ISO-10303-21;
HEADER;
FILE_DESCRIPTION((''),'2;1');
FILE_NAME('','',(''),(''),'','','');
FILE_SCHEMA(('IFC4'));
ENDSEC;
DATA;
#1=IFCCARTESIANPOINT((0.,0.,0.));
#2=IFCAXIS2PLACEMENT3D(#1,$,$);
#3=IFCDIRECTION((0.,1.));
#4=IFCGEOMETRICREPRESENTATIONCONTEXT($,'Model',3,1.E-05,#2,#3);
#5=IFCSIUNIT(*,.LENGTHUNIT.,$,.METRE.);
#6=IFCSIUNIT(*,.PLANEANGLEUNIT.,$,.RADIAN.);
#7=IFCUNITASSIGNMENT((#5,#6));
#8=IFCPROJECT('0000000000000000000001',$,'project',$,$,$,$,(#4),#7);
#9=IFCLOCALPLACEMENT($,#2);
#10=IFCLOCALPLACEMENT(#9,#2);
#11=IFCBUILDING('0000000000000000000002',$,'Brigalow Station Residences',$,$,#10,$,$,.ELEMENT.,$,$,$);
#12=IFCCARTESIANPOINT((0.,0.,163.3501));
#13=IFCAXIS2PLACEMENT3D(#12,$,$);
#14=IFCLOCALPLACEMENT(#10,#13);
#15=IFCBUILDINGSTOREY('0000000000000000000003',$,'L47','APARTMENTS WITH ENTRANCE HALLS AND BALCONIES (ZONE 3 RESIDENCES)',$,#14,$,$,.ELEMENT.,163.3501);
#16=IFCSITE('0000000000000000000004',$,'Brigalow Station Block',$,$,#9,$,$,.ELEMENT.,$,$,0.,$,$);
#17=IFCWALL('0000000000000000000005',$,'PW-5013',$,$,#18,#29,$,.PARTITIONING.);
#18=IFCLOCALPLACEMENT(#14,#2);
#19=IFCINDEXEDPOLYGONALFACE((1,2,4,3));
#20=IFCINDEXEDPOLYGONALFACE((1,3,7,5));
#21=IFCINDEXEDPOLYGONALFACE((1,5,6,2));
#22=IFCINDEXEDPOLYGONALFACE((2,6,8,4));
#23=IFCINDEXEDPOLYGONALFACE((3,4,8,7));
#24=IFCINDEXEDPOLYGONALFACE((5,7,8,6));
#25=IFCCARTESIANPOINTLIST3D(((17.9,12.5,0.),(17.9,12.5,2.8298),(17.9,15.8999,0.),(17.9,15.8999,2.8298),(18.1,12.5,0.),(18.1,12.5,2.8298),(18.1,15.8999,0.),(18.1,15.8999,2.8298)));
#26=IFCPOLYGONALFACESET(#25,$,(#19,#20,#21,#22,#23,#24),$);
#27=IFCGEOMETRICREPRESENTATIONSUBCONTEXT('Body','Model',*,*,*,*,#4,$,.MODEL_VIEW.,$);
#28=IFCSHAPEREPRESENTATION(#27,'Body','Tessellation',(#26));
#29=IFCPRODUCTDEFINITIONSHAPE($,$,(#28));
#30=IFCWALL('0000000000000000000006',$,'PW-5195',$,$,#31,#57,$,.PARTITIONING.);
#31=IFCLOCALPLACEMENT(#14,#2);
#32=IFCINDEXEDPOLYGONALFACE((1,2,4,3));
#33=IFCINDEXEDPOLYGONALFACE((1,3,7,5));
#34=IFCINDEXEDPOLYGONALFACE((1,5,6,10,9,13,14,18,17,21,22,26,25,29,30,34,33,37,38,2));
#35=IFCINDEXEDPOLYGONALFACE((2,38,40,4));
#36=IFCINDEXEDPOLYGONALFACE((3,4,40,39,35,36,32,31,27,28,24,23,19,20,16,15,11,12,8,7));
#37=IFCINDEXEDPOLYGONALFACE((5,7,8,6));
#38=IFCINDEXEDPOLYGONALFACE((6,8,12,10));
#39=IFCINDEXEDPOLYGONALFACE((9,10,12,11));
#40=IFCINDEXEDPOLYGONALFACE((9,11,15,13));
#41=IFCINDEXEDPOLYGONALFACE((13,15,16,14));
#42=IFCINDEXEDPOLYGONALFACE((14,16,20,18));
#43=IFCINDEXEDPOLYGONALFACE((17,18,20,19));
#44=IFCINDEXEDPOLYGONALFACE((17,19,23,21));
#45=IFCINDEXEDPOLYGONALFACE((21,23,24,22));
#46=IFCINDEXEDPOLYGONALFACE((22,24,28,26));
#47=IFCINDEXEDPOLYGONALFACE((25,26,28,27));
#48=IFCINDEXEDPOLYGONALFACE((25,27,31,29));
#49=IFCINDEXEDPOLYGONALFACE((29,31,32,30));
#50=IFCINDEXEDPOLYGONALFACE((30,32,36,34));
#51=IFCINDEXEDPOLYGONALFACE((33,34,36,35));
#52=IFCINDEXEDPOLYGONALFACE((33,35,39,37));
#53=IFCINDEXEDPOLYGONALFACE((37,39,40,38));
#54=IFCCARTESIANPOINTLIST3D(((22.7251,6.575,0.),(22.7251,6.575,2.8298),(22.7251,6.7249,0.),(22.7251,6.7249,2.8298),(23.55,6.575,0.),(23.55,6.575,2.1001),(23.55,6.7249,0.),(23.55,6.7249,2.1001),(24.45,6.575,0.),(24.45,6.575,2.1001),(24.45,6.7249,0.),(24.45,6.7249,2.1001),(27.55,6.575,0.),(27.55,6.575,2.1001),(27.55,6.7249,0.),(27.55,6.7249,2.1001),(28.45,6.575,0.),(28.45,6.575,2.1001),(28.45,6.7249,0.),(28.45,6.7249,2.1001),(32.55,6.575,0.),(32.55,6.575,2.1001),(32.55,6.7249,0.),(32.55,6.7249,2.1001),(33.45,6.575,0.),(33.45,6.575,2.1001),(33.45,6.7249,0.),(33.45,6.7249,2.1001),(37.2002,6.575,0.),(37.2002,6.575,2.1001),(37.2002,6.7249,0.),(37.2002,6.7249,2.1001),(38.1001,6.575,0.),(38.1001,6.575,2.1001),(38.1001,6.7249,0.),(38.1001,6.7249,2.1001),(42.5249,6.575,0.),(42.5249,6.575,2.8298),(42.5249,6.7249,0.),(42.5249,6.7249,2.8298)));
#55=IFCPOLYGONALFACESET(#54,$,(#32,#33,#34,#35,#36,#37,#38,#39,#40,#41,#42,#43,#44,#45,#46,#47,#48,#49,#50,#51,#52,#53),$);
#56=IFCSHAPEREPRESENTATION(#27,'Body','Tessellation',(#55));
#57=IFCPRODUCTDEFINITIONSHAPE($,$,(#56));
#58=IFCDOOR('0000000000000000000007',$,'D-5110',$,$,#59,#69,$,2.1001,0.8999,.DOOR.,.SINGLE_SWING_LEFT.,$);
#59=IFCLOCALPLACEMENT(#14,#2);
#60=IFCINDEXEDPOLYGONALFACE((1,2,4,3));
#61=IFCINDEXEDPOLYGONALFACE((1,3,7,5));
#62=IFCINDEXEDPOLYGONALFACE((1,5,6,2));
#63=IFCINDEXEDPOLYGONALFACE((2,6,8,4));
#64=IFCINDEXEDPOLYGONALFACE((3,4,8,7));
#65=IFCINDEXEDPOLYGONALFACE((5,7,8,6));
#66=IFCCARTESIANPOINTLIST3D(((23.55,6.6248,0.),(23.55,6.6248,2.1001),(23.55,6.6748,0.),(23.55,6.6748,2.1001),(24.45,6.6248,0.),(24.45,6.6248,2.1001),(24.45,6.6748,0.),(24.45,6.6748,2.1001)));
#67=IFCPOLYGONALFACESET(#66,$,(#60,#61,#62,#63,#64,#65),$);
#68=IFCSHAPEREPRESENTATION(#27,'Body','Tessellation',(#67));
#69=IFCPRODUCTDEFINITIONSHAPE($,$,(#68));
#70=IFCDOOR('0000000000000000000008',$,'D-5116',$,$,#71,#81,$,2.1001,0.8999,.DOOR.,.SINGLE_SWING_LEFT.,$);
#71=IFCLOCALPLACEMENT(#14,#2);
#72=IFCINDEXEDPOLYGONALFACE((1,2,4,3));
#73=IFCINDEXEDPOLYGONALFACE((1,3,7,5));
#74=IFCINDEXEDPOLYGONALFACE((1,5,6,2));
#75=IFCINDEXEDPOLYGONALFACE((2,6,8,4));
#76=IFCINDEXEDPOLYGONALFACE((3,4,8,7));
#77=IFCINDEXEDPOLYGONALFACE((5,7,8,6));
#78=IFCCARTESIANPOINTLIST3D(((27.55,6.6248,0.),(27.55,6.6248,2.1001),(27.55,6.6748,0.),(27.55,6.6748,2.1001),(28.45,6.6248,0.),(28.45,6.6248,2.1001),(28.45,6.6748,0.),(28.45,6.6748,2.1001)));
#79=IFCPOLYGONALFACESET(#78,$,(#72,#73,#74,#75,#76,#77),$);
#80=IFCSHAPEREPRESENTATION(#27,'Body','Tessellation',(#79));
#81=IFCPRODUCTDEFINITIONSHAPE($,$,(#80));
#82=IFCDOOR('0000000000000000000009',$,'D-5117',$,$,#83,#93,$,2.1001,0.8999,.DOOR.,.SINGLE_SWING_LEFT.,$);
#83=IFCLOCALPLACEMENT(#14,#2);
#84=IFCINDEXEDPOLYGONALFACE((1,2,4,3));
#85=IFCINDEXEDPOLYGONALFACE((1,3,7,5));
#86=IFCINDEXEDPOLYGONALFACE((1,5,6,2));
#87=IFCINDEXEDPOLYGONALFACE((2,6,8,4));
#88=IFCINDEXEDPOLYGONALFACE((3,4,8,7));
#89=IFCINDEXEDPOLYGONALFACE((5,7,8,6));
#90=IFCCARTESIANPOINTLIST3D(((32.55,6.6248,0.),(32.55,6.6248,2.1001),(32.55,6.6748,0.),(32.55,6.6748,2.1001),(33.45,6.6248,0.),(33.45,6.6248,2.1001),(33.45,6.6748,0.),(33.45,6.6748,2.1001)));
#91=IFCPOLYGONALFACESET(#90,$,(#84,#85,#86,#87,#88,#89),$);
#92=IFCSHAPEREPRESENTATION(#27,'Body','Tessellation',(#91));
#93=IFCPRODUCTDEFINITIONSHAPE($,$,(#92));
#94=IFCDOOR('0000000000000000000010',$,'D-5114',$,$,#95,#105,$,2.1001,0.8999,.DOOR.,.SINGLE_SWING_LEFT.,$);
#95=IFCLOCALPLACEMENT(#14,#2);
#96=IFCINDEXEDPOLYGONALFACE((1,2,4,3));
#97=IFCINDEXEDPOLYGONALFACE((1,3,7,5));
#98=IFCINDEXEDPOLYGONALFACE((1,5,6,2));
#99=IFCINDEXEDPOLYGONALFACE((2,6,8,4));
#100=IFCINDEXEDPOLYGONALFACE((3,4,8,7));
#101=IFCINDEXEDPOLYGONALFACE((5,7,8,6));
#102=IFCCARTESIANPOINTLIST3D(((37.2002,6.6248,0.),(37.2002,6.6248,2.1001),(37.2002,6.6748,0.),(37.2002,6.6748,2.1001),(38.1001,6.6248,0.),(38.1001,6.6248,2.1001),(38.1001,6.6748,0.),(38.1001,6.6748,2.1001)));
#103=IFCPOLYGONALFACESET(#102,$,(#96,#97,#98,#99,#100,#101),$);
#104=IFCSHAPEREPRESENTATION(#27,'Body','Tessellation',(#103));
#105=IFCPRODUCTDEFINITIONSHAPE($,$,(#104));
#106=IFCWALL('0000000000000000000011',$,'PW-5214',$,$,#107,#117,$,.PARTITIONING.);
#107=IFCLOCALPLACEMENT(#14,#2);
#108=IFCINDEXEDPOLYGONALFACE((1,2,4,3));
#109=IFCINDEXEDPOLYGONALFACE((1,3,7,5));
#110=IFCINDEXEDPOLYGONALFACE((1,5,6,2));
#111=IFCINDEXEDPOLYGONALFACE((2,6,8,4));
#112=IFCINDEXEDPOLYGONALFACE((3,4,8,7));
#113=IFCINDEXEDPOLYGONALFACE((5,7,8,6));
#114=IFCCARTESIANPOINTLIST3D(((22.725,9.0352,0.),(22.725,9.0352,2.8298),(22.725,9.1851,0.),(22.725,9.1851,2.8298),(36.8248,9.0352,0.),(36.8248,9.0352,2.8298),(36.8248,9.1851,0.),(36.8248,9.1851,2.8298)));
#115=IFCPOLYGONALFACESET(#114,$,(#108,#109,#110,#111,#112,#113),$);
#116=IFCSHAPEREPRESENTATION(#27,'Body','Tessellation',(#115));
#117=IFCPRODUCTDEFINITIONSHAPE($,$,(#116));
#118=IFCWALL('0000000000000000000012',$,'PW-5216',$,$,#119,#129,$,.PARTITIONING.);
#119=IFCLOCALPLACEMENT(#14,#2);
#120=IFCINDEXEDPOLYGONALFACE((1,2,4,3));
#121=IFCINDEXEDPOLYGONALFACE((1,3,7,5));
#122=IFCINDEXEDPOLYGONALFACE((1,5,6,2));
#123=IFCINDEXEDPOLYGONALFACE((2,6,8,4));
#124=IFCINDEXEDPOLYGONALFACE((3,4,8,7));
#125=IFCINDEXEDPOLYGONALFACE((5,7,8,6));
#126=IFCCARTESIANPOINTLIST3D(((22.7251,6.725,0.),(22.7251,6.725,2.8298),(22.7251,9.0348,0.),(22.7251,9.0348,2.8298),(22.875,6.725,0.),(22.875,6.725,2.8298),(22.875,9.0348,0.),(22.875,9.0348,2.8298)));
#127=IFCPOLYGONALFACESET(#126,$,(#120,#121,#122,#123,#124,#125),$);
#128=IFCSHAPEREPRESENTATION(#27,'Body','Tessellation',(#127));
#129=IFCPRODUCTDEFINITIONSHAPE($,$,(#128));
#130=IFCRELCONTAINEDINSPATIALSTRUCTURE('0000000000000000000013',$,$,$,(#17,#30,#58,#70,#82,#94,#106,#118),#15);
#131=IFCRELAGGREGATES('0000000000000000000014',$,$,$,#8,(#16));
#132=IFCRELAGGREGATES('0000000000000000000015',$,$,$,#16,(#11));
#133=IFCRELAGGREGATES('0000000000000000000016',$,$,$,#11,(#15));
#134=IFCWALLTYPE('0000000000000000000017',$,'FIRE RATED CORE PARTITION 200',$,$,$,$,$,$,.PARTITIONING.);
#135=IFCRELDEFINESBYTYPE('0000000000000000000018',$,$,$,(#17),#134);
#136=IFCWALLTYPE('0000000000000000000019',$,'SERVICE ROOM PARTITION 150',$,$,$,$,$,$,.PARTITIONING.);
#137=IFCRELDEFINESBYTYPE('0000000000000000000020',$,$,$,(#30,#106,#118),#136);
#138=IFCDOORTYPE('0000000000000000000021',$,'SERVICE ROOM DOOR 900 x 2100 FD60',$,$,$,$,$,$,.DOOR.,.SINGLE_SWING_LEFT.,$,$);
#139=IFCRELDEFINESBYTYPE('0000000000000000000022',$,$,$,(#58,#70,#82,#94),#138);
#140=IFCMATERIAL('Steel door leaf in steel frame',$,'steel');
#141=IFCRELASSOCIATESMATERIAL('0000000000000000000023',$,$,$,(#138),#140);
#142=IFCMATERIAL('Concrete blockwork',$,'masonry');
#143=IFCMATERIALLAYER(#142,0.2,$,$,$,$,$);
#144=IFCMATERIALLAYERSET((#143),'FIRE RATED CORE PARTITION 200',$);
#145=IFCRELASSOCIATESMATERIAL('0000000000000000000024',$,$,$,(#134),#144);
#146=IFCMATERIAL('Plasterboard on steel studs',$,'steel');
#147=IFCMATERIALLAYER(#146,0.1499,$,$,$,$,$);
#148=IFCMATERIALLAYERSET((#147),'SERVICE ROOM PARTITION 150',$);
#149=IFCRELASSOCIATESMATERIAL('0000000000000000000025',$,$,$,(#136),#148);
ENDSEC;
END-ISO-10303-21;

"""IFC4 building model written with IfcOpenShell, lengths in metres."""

from ifc_helpers import new_model, si_unit, direction, frame, frame_2d, origin, place, context, subcontext, project, spatial, rectangle, extrude, material, layer, layer_set, type_object, element, fill, save


model = new_model("IFC4")

# Units and contexts
model_context = context("Model", 3, precision=1e-05, world=origin(), true_north=direction((0.0, 1.0)))
body_context = subcontext(model_context, "Body", "Model", "MODEL_VIEW")
ifc_project = project(units=[si_unit("LENGTHUNIT", "METRE"), si_unit("PLANEANGLEUNIT", "RADIAN")], contexts=[model_context])

# Site, building, storey
site_placement = place(None, origin())
site = spatial("IfcSite", under=ifc_project, at=site_placement, Name="Brigalow Station Block", CompositionType="ELEMENT", RefElevation=0.0)
building_placement = place(site_placement, origin())
building = spatial("IfcBuilding", under=site, at=building_placement, Name="Brigalow Station Residences", CompositionType="ELEMENT")
storey_placement = place(building_placement, frame((0.0, 0.0, 163.3501)))
storey = spatial("IfcBuildingStorey", under=building, at=storey_placement, Name="L47", Description="APARTMENTS WITH ENTRANCE HALLS AND BALCONIES (ZONE 3 RESIDENCES)", CompositionType="ELEMENT", Elevation=163.3501)

# Shared definitions
ifc_material_1 = material(Name="Steel door leaf in steel frame", Category="steel")
door_type_1 = type_object("IfcDoorType", Name="SERVICE ROOM DOOR 900 x 2100 FD60", OperationType="SINGLE_SWING_LEFT", PredefinedType="DOOR", material=ifc_material_1)

# Wall
ifc_material_2 = material(Name="Concrete blockwork", Category="masonry")
ifc_layer_1 = layer(ifc_material_2, 0.2)
ifc_layer_set_1 = layer_set([ifc_layer_1], Name="FIRE RATED CORE PARTITION 200")
wall_type_1 = type_object("IfcWallType", Name="FIRE RATED CORE PARTITION 200", PredefinedType="PARTITIONING", material=ifc_layer_set_1)
wall_1_placement = place(storey_placement, frame((18.0, 12.5, 0.0), z_axis=(0.0, 0.0, 1.0), x_axis=(0.0, 1.0, 0.0)))
element("IfcWall", 1, at=wall_1_placement, inside=storey, type_object=wall_type_1, Name="PW-5013", PredefinedType="PARTITIONING", context=body_context, shape_type="SweptSolid", body=[
    extrude(rectangle(XDim=3.3999, YDim=0.2, at=frame_2d((1.7, 0.0))), origin(), (0.0, 0.0, 1.0), 2.8298),
])

# Wall, openings, doors
ifc_material_3 = material(Name="Plasterboard on steel studs", Category="steel")
ifc_layer_2 = layer(ifc_material_3, 0.1499)
ifc_layer_set_2 = layer_set([ifc_layer_2], Name="SERVICE ROOM PARTITION 150")
wall_type_2 = type_object("IfcWallType", Name="SERVICE ROOM PARTITION 150", PredefinedType="PARTITIONING", material=ifc_layer_set_2)
wall_2_placement = place(storey_placement, frame((22.7251, 6.6499, 0.0), z_axis=(0.0, 0.0, 1.0), x_axis=(1.0, 0.0, 0.0)))
wall_2 = element("IfcWall", 2, at=wall_2_placement, inside=storey, type_object=wall_type_2, Name="PW-5195", PredefinedType="PARTITIONING", context=body_context, shape_type="SweptSolid", body=[
    extrude(rectangle(XDim=19.7998, YDim=0.1499, at=frame_2d((9.8999, 0.0))), origin(), (0.0, 0.0, 1.0), 2.8298),
])
opening_1_placement = place(wall_2_placement, frame((0.825, 0.0, 0.0)))
opening_1 = element("IfcOpeningElement", 3, at=opening_1_placement, cuts=wall_2, PredefinedType="OPENING", context=body_context, shape_type="SweptSolid", body=[
    extrude(rectangle(XDim=0.8999, YDim=2.1001, at=frame_2d((0.45, 1.05))), frame((0.0, 0.085, 0.0), z_axis=(0.0, -1.0, 0.0), x_axis=(1.0, 0.0, 0.0)), (0.0, 0.0, 1.0), 0.1699),
])
opening_2_placement = place(wall_2_placement, frame((4.825, 0.0, 0.0)))
opening_2 = element("IfcOpeningElement", 4, at=opening_2_placement, cuts=wall_2, PredefinedType="OPENING", context=body_context, shape_type="SweptSolid", body=[
    extrude(rectangle(XDim=0.8999, YDim=2.1001, at=frame_2d((0.45, 1.05))), frame((0.0, 0.085, 0.0), z_axis=(0.0, -1.0, 0.0), x_axis=(1.0, 0.0, 0.0)), (0.0, 0.0, 1.0), 0.1699),
])
opening_3_placement = place(wall_2_placement, frame((9.825, 0.0, 0.0)))
opening_3 = element("IfcOpeningElement", 5, at=opening_3_placement, cuts=wall_2, PredefinedType="OPENING", context=body_context, shape_type="SweptSolid", body=[
    extrude(rectangle(XDim=0.8999, YDim=2.1001, at=frame_2d((0.45, 1.05))), frame((0.0, 0.085, 0.0), z_axis=(0.0, -1.0, 0.0), x_axis=(1.0, 0.0, 0.0)), (0.0, 0.0, 1.0), 0.1699),
])
opening_4_placement = place(wall_2_placement, frame((14.4751, 0.0, 0.0)))
opening_4 = element("IfcOpeningElement", 6, at=opening_4_placement, cuts=wall_2, PredefinedType="OPENING", context=body_context, shape_type="SweptSolid", body=[
    extrude(rectangle(XDim=0.8999, YDim=2.1001, at=frame_2d((0.45, 1.05))), frame((0.0, 0.085, 0.0), z_axis=(0.0, -1.0, 0.0), x_axis=(1.0, 0.0, 0.0)), (0.0, 0.0, 1.0), 0.1699),
])
door_1_placement = place(opening_1_placement, origin())
door_1 = element("IfcDoor", 7, at=door_1_placement, inside=storey, type_object=door_type_1, Name="D-5110", OperationType="SINGLE_SWING_LEFT", OverallHeight=2.1001, OverallWidth=0.8999, PredefinedType="DOOR", context=body_context, shape_type="SweptSolid", body=[
    extrude(rectangle(XDim=0.8999, YDim=2.1001, at=frame_2d((0.45, 1.05))), frame((0.0, 0.0249, 0.0), z_axis=(0.0, -1.0, 0.0), x_axis=(1.0, 0.0, 0.0)), (0.0, 0.0, 1.0), 0.05),
])
fill(opening_1, door_1)
door_2_placement = place(opening_2_placement, origin())
door_2 = element("IfcDoor", 8, at=door_2_placement, inside=storey, type_object=door_type_1, Name="D-5116", OperationType="SINGLE_SWING_LEFT", OverallHeight=2.1001, OverallWidth=0.8999, PredefinedType="DOOR", context=body_context, shape_type="SweptSolid", body=[
    extrude(rectangle(XDim=0.8999, YDim=2.1001, at=frame_2d((0.45, 1.05))), frame((0.0, 0.0249, 0.0), z_axis=(0.0, -1.0, 0.0), x_axis=(1.0, 0.0, 0.0)), (0.0, 0.0, 1.0), 0.05),
])
fill(opening_2, door_2)
door_3_placement = place(opening_3_placement, origin())
door_3 = element("IfcDoor", 9, at=door_3_placement, inside=storey, type_object=door_type_1, Name="D-5117", OperationType="SINGLE_SWING_LEFT", OverallHeight=2.1001, OverallWidth=0.8999, PredefinedType="DOOR", context=body_context, shape_type="SweptSolid", body=[
    extrude(rectangle(XDim=0.8999, YDim=2.1001, at=frame_2d((0.45, 1.05))), frame((0.0, 0.0249, 0.0), z_axis=(0.0, -1.0, 0.0), x_axis=(1.0, 0.0, 0.0)), (0.0, 0.0, 1.0), 0.05),
])
fill(opening_3, door_3)
door_4_placement = place(opening_4_placement, origin())
door_4 = element("IfcDoor", 10, at=door_4_placement, inside=storey, type_object=door_type_1, Name="D-5114", OperationType="SINGLE_SWING_LEFT", OverallHeight=2.1001, OverallWidth=0.8999, PredefinedType="DOOR", context=body_context, shape_type="SweptSolid", body=[
    extrude(rectangle(XDim=0.8999, YDim=2.1001, at=frame_2d((0.45, 1.05))), frame((0.0, 0.0249, 0.0), z_axis=(0.0, -1.0, 0.0), x_axis=(1.0, 0.0, 0.0)), (0.0, 0.0, 1.0), 0.05),
])
fill(opening_4, door_4)

# Walls
wall_3_placement = place(storey_placement, frame((22.7251, 9.1101, 0.0), z_axis=(0.0, 0.0, 1.0), x_axis=(1.0, 0.0, 0.0)))
element("IfcWall", 11, at=wall_3_placement, inside=storey, type_object=wall_type_2, Name="PW-5214", PredefinedType="PARTITIONING", context=body_context, shape_type="SweptSolid", body=[
    extrude(rectangle(XDim=14.0999, YDim=0.1499, at=frame_2d((7.0498, 0.0))), origin(), (0.0, 0.0, 1.0), 2.8298),
])
wall_4_placement = place(storey_placement, frame((22.8, 6.7251, 0.0), z_axis=(0.0, 0.0, 1.0), x_axis=(0.0, 1.0, 0.0)))
element("IfcWall", 12, at=wall_4_placement, inside=storey, type_object=wall_type_2, Name="PW-5216", PredefinedType="PARTITIONING", context=body_context, shape_type="SweptSolid", body=[
    extrude(rectangle(XDim=2.3098, YDim=0.1499, at=frame_2d((1.1548, 0.0))), origin(), (0.0, 0.0, 1.0), 2.8298),
])

save(model, "model.ifc")
